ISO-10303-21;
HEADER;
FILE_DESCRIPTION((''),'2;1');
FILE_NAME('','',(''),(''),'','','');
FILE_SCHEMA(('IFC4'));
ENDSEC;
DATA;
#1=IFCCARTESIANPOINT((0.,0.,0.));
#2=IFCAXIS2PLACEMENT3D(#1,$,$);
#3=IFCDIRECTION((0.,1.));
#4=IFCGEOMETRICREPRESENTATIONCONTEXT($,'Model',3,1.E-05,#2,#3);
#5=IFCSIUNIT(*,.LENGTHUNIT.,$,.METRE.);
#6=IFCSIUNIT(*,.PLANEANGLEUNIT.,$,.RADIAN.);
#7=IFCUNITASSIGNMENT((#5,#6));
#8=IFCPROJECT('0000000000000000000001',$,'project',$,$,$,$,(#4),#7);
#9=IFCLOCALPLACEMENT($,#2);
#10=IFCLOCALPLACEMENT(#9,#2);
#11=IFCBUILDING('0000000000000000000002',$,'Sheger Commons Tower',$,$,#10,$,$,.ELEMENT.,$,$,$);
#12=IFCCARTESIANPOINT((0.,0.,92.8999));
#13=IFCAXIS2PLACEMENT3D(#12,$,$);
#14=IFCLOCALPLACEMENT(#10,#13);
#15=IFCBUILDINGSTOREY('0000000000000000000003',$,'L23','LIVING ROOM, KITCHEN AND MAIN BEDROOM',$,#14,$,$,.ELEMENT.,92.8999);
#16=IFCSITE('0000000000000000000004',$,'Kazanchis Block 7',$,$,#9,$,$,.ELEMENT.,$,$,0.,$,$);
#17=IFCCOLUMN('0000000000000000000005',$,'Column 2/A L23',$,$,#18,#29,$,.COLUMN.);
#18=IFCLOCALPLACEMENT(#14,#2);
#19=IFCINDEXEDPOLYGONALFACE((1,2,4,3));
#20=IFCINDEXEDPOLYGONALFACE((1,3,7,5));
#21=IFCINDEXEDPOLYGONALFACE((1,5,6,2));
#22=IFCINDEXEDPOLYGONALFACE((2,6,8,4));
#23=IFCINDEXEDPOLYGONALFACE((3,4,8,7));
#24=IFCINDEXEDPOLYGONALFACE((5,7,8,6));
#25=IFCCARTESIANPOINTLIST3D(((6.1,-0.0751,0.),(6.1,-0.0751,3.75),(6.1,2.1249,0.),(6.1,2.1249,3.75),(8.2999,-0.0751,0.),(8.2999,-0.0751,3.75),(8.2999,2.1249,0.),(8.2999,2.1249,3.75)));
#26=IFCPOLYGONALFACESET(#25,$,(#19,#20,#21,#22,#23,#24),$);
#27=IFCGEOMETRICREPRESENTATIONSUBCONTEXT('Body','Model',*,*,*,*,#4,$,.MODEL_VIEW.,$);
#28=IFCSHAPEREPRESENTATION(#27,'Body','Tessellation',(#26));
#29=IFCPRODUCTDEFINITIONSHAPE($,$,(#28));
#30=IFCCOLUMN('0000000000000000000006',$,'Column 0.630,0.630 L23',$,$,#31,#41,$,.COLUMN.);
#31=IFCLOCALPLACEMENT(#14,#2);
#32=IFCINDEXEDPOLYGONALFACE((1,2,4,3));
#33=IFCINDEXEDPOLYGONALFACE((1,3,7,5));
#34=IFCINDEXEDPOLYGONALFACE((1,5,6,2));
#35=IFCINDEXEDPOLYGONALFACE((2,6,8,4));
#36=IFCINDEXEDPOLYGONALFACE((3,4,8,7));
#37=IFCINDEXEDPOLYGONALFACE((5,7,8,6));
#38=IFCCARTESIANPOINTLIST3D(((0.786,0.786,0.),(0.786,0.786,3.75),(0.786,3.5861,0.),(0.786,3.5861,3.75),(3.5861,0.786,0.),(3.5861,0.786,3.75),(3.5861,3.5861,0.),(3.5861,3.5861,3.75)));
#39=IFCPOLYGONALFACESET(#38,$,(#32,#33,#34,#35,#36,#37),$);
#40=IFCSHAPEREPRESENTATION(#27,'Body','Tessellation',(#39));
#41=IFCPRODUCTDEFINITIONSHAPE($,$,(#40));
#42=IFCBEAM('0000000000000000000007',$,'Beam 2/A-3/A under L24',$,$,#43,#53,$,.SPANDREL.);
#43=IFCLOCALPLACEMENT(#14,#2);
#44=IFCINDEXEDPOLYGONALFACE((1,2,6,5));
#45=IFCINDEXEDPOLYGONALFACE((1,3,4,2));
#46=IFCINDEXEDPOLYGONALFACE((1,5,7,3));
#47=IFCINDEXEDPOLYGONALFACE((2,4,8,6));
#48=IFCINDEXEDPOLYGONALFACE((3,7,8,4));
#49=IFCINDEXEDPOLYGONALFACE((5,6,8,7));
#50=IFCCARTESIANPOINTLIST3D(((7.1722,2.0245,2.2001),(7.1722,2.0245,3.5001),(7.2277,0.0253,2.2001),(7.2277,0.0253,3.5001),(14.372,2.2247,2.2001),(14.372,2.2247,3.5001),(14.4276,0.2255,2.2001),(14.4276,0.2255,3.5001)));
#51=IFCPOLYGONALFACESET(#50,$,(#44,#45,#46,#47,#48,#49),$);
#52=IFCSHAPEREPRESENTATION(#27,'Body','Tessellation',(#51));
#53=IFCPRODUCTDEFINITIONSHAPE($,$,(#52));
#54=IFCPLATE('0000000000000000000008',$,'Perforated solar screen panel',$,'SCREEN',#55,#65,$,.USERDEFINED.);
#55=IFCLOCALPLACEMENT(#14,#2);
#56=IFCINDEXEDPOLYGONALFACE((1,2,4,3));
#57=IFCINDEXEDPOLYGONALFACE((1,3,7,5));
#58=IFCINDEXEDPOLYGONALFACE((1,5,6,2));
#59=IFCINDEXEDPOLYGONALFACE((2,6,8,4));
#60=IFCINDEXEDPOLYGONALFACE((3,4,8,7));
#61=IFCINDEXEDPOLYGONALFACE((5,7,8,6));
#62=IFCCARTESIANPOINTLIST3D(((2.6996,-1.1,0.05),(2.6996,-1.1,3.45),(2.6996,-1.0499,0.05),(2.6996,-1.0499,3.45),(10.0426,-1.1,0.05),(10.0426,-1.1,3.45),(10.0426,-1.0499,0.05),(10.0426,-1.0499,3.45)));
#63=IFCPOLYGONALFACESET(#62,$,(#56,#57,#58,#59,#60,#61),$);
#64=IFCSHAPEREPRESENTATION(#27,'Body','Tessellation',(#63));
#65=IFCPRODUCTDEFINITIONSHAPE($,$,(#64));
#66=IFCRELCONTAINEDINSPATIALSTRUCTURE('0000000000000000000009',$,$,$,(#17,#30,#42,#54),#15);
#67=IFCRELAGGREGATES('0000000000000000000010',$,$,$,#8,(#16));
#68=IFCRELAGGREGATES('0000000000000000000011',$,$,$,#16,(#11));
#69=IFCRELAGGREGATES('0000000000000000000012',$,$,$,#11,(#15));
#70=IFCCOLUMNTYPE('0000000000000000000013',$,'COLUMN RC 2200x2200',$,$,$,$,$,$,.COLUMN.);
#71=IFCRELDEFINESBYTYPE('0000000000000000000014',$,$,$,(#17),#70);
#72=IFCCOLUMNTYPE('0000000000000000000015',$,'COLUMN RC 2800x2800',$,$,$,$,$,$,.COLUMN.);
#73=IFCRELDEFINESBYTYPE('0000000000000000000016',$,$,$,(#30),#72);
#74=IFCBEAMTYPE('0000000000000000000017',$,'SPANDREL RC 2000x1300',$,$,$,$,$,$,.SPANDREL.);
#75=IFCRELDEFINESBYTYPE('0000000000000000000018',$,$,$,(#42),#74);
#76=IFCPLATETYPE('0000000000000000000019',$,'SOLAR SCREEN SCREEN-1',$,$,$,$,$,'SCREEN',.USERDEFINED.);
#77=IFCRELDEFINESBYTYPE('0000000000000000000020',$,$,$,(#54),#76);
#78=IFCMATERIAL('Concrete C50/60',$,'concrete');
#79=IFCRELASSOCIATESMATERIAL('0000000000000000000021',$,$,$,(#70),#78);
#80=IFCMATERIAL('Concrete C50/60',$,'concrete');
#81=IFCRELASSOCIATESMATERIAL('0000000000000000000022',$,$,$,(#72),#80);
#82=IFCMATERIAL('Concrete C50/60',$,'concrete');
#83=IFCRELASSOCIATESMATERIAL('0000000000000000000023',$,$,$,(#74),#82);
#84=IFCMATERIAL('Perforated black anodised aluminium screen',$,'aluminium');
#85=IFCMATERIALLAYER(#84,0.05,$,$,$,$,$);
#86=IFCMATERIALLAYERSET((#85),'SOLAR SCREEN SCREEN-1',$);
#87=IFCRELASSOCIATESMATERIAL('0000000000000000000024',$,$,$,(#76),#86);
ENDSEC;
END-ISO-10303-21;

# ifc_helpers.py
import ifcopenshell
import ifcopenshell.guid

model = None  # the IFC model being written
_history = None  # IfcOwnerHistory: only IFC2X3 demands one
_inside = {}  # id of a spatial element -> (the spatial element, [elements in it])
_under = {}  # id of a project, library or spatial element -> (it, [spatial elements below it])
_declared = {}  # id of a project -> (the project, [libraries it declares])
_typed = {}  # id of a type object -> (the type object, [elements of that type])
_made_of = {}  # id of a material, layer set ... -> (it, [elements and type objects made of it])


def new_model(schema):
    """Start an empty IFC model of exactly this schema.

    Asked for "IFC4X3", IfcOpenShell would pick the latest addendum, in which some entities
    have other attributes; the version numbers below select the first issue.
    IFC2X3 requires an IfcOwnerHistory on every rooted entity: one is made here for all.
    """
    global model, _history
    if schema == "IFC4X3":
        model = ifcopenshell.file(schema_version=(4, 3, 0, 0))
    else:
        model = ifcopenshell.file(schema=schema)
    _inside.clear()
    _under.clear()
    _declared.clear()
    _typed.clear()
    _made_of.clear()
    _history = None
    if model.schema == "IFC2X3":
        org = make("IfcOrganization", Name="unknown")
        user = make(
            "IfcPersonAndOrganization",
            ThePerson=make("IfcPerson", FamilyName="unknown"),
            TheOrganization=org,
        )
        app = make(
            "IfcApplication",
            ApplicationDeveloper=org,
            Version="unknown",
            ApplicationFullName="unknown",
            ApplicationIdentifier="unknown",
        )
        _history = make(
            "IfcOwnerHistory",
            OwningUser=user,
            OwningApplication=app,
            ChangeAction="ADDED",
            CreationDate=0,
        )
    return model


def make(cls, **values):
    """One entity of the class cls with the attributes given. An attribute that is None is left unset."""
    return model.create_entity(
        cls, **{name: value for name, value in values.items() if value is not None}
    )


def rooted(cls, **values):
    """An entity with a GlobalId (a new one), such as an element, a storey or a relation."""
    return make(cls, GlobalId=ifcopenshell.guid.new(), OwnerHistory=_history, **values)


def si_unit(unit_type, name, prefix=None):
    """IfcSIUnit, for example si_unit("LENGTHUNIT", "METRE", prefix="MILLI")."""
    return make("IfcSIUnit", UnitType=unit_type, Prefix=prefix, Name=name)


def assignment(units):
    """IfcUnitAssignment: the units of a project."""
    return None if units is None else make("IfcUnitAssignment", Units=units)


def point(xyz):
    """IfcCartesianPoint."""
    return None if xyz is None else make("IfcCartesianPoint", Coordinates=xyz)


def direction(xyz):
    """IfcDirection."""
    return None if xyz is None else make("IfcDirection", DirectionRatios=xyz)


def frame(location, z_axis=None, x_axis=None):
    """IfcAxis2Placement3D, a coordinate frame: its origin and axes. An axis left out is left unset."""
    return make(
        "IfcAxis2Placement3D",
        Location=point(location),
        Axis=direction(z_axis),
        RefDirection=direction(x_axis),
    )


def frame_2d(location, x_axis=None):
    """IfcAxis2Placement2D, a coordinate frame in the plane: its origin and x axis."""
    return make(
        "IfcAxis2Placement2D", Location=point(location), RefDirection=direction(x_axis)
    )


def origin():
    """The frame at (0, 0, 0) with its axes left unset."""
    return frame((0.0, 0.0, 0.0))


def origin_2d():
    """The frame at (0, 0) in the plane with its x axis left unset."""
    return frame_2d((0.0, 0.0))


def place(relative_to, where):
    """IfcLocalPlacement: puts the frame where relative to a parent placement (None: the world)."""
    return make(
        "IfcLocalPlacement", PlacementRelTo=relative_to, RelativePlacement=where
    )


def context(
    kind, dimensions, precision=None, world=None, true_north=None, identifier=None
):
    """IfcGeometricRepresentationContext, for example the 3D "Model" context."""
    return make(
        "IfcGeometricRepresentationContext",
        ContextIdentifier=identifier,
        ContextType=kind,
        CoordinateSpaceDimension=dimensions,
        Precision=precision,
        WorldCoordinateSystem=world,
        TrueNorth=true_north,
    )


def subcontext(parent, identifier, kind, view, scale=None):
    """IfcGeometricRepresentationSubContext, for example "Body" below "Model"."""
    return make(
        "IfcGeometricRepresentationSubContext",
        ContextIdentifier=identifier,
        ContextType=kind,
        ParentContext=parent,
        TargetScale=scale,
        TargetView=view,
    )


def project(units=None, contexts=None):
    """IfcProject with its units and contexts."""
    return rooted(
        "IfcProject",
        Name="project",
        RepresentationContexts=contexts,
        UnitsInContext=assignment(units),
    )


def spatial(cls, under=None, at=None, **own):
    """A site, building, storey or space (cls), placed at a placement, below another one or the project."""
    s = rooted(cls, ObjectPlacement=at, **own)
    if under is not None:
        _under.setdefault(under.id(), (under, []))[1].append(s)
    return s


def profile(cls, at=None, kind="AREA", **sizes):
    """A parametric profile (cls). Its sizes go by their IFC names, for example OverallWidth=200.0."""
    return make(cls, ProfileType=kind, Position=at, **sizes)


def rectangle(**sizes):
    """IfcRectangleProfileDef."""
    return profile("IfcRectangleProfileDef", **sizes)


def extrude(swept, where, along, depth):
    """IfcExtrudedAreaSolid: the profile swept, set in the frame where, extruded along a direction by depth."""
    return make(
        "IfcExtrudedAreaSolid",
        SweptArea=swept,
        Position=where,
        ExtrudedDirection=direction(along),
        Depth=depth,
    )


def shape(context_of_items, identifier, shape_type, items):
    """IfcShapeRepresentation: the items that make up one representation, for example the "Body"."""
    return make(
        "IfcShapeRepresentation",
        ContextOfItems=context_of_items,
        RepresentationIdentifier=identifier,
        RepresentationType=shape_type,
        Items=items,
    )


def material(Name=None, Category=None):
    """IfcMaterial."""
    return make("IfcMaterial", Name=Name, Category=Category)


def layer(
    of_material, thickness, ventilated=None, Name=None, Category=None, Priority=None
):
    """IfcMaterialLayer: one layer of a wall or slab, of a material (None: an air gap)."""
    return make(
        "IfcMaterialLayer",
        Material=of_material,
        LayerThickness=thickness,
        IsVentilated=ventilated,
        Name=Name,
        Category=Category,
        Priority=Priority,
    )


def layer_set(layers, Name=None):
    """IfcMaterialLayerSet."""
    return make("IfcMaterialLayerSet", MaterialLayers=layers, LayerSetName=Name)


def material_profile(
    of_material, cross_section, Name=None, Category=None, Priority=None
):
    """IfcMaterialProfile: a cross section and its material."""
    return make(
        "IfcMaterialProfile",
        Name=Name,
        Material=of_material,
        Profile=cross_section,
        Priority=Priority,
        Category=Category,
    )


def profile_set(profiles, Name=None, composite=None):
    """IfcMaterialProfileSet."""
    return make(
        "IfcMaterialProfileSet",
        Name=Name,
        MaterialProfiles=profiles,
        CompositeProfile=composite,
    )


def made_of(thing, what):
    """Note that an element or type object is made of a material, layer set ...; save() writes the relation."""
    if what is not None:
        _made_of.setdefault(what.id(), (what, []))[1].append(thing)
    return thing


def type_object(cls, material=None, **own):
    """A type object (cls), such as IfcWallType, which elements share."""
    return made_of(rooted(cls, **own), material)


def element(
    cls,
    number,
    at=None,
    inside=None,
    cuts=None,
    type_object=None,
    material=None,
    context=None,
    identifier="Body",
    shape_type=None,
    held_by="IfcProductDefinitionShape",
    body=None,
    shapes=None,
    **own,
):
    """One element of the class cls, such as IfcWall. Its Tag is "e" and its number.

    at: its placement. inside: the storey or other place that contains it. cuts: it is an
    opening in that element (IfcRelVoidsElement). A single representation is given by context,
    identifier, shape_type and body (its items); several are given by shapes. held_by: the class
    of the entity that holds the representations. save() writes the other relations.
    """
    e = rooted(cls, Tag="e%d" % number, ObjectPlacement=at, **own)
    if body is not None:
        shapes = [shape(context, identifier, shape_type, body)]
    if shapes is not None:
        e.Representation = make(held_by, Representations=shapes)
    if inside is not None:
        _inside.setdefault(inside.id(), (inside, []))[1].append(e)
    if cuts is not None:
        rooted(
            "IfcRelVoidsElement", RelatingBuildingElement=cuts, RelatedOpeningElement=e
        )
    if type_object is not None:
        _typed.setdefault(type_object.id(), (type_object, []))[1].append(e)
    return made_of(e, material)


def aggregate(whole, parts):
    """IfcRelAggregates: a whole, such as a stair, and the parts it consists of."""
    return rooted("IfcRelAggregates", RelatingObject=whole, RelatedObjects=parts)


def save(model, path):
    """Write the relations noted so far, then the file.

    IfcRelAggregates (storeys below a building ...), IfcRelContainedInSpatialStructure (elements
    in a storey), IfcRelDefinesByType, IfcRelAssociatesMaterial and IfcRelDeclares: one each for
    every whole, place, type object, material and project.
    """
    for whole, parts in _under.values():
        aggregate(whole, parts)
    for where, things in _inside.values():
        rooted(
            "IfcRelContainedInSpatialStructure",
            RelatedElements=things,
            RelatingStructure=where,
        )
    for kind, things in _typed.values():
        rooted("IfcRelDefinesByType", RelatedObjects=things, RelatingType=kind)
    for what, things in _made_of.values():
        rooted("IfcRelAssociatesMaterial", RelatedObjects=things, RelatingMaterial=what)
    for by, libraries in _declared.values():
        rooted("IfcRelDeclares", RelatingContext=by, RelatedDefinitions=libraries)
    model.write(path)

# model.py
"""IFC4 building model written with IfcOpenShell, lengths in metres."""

from ifc_helpers import new_model, si_unit, direction, frame, origin, origin_2d, place, context, subcontext, project, spatial, rectangle, extrude, material, layer, layer_set, material_profile, profile_set, type_object, element, save


model = new_model("IFC4")

# Units and contexts
model_context = context("Model", 3, precision=1e-05, world=origin(), true_north=direction((0.0, 1.0)))
body_context = subcontext(model_context, "Body", "Model", "MODEL_VIEW")
ifc_project = project(units=[si_unit("LENGTHUNIT", "METRE"), si_unit("PLANEANGLEUNIT", "RADIAN")], contexts=[model_context])

# Site, building, storey
site_placement = place(None, origin())
site = spatial("IfcSite", under=ifc_project, at=site_placement, Name="Kazanchis Block 7", CompositionType="ELEMENT", RefElevation=0.0)
building_placement = place(site_placement, origin())
building = spatial("IfcBuilding", under=site, at=building_placement, Name="Sheger Commons Tower", CompositionType="ELEMENT")
storey_placement = place(building_placement, frame((0.0, 0.0, 92.8999)))
storey = spatial("IfcBuildingStorey", under=building, at=storey_placement, Name="L23", Description="LIVING ROOM, KITCHEN AND MAIN BEDROOM", CompositionType="ELEMENT", Elevation=92.8999)

# Columns
ifc_material_1 = material(Name="Concrete C50/60", Category="concrete")
ifc_material_profile_1 = material_profile(ifc_material_1, rectangle(XDim=2.2, YDim=2.2, at=origin_2d()), Name="RC 2200x2200")
ifc_profile_set_1 = profile_set([ifc_material_profile_1], Name="Concrete C50/60")
column_type_1 = type_object("IfcColumnType", Name="COLUMN RC 2200x2200", PredefinedType="COLUMN", material=ifc_profile_set_1)
column_1_placement = place(storey_placement, frame((7.2, 1.0249, 0.0), z_axis=(0.0, 0.0, 1.0), x_axis=(1.0, 0.0, 0.0)))
element("IfcColumn", 1, at=column_1_placement, inside=storey, type_object=column_type_1, Name="Column 2/A L23", PredefinedType="COLUMN", context=body_context, shape_type="SweptSolid", body=[
    extrude(rectangle(XDim=2.2, YDim=2.2, at=origin_2d()), origin(), (0.0, 0.0, 1.0), 3.75),
])
ifc_material_2 = material(Name="Concrete C50/60", Category="concrete")
ifc_material_profile_2 = material_profile(ifc_material_2, rectangle(XDim=2.8, YDim=2.8, at=origin_2d()), Name="RC 2800x2800")
ifc_profile_set_2 = profile_set([ifc_material_profile_2], Name="Concrete C50/60")
column_type_2 = type_object("IfcColumnType", Name="COLUMN RC 2800x2800", PredefinedType="COLUMN", material=ifc_profile_set_2)
column_2_placement = place(storey_placement, frame((2.186, 2.186, 0.0), z_axis=(0.0, 0.0, 1.0), x_axis=(1.0, 0.0, 0.0)))
element("IfcColumn", 2, at=column_2_placement, inside=storey, type_object=column_type_2, Name="Column 0.630,0.630 L23", PredefinedType="COLUMN", context=body_context, shape_type="SweptSolid", body=[
    extrude(rectangle(XDim=2.8, YDim=2.8, at=origin_2d()), origin(), (0.0, 0.0, 1.0), 3.75),
])

# Beam
ifc_material_3 = material(Name="Concrete C50/60", Category="concrete")
ifc_material_profile_3 = material_profile(ifc_material_3, rectangle(XDim=2.0, YDim=1.3, at=origin_2d()), Name="RC 2000x1300")
ifc_profile_set_3 = profile_set([ifc_material_profile_3], Name="Concrete C50/60")
beam_type = type_object("IfcBeamType", Name="SPANDREL RC 2000x1300", PredefinedType="SPANDREL", material=ifc_profile_set_3)
beam_placement = place(storey_placement, frame((7.2, 1.0249, 2.8501), z_axis=(0.999614, 0.027794, 0.0), x_axis=(-0.027794, 0.999614, 0.0)))
element("IfcBeam", 3, at=beam_placement, inside=storey, type_object=beam_type, Name="Beam 2/A-3/A under L24", PredefinedType="SPANDREL", context=body_context, shape_type="SweptSolid", body=[
    extrude(rectangle(XDim=2.0, YDim=1.3, at=origin_2d()), origin(), (0.0, 0.0, 1.0), 7.2026),
])

# Plate
ifc_material_4 = material(Name="Perforated black anodised aluminium screen", Category="aluminium")
ifc_layer_1 = layer(ifc_material_4, 0.05)
ifc_layer_set_1 = layer_set([ifc_layer_1], Name="SOLAR SCREEN SCREEN-1")
plate_type = type_object("IfcPlateType", Name="SOLAR SCREEN SCREEN-1", ElementType="SCREEN", PredefinedType="USERDEFINED", material=ifc_layer_set_1)
plate_placement = place(storey_placement, frame((6.3711, -1.075, 0.05), z_axis=(0.0, 0.0, 1.0), x_axis=(1.0, 0.0, 0.0)))
element("IfcPlate", 4, at=plate_placement, inside=storey, type_object=plate_type, Name="Perforated solar screen panel", ObjectType="SCREEN", PredefinedType="USERDEFINED", context=body_context, shape_type="SweptSolid", body=[
    extrude(rectangle(XDim=7.343, YDim=0.05, at=origin_2d()), origin(), (0.0, 0.0, 1.0), 3.3999),
])

save(model, "model.ifc")
